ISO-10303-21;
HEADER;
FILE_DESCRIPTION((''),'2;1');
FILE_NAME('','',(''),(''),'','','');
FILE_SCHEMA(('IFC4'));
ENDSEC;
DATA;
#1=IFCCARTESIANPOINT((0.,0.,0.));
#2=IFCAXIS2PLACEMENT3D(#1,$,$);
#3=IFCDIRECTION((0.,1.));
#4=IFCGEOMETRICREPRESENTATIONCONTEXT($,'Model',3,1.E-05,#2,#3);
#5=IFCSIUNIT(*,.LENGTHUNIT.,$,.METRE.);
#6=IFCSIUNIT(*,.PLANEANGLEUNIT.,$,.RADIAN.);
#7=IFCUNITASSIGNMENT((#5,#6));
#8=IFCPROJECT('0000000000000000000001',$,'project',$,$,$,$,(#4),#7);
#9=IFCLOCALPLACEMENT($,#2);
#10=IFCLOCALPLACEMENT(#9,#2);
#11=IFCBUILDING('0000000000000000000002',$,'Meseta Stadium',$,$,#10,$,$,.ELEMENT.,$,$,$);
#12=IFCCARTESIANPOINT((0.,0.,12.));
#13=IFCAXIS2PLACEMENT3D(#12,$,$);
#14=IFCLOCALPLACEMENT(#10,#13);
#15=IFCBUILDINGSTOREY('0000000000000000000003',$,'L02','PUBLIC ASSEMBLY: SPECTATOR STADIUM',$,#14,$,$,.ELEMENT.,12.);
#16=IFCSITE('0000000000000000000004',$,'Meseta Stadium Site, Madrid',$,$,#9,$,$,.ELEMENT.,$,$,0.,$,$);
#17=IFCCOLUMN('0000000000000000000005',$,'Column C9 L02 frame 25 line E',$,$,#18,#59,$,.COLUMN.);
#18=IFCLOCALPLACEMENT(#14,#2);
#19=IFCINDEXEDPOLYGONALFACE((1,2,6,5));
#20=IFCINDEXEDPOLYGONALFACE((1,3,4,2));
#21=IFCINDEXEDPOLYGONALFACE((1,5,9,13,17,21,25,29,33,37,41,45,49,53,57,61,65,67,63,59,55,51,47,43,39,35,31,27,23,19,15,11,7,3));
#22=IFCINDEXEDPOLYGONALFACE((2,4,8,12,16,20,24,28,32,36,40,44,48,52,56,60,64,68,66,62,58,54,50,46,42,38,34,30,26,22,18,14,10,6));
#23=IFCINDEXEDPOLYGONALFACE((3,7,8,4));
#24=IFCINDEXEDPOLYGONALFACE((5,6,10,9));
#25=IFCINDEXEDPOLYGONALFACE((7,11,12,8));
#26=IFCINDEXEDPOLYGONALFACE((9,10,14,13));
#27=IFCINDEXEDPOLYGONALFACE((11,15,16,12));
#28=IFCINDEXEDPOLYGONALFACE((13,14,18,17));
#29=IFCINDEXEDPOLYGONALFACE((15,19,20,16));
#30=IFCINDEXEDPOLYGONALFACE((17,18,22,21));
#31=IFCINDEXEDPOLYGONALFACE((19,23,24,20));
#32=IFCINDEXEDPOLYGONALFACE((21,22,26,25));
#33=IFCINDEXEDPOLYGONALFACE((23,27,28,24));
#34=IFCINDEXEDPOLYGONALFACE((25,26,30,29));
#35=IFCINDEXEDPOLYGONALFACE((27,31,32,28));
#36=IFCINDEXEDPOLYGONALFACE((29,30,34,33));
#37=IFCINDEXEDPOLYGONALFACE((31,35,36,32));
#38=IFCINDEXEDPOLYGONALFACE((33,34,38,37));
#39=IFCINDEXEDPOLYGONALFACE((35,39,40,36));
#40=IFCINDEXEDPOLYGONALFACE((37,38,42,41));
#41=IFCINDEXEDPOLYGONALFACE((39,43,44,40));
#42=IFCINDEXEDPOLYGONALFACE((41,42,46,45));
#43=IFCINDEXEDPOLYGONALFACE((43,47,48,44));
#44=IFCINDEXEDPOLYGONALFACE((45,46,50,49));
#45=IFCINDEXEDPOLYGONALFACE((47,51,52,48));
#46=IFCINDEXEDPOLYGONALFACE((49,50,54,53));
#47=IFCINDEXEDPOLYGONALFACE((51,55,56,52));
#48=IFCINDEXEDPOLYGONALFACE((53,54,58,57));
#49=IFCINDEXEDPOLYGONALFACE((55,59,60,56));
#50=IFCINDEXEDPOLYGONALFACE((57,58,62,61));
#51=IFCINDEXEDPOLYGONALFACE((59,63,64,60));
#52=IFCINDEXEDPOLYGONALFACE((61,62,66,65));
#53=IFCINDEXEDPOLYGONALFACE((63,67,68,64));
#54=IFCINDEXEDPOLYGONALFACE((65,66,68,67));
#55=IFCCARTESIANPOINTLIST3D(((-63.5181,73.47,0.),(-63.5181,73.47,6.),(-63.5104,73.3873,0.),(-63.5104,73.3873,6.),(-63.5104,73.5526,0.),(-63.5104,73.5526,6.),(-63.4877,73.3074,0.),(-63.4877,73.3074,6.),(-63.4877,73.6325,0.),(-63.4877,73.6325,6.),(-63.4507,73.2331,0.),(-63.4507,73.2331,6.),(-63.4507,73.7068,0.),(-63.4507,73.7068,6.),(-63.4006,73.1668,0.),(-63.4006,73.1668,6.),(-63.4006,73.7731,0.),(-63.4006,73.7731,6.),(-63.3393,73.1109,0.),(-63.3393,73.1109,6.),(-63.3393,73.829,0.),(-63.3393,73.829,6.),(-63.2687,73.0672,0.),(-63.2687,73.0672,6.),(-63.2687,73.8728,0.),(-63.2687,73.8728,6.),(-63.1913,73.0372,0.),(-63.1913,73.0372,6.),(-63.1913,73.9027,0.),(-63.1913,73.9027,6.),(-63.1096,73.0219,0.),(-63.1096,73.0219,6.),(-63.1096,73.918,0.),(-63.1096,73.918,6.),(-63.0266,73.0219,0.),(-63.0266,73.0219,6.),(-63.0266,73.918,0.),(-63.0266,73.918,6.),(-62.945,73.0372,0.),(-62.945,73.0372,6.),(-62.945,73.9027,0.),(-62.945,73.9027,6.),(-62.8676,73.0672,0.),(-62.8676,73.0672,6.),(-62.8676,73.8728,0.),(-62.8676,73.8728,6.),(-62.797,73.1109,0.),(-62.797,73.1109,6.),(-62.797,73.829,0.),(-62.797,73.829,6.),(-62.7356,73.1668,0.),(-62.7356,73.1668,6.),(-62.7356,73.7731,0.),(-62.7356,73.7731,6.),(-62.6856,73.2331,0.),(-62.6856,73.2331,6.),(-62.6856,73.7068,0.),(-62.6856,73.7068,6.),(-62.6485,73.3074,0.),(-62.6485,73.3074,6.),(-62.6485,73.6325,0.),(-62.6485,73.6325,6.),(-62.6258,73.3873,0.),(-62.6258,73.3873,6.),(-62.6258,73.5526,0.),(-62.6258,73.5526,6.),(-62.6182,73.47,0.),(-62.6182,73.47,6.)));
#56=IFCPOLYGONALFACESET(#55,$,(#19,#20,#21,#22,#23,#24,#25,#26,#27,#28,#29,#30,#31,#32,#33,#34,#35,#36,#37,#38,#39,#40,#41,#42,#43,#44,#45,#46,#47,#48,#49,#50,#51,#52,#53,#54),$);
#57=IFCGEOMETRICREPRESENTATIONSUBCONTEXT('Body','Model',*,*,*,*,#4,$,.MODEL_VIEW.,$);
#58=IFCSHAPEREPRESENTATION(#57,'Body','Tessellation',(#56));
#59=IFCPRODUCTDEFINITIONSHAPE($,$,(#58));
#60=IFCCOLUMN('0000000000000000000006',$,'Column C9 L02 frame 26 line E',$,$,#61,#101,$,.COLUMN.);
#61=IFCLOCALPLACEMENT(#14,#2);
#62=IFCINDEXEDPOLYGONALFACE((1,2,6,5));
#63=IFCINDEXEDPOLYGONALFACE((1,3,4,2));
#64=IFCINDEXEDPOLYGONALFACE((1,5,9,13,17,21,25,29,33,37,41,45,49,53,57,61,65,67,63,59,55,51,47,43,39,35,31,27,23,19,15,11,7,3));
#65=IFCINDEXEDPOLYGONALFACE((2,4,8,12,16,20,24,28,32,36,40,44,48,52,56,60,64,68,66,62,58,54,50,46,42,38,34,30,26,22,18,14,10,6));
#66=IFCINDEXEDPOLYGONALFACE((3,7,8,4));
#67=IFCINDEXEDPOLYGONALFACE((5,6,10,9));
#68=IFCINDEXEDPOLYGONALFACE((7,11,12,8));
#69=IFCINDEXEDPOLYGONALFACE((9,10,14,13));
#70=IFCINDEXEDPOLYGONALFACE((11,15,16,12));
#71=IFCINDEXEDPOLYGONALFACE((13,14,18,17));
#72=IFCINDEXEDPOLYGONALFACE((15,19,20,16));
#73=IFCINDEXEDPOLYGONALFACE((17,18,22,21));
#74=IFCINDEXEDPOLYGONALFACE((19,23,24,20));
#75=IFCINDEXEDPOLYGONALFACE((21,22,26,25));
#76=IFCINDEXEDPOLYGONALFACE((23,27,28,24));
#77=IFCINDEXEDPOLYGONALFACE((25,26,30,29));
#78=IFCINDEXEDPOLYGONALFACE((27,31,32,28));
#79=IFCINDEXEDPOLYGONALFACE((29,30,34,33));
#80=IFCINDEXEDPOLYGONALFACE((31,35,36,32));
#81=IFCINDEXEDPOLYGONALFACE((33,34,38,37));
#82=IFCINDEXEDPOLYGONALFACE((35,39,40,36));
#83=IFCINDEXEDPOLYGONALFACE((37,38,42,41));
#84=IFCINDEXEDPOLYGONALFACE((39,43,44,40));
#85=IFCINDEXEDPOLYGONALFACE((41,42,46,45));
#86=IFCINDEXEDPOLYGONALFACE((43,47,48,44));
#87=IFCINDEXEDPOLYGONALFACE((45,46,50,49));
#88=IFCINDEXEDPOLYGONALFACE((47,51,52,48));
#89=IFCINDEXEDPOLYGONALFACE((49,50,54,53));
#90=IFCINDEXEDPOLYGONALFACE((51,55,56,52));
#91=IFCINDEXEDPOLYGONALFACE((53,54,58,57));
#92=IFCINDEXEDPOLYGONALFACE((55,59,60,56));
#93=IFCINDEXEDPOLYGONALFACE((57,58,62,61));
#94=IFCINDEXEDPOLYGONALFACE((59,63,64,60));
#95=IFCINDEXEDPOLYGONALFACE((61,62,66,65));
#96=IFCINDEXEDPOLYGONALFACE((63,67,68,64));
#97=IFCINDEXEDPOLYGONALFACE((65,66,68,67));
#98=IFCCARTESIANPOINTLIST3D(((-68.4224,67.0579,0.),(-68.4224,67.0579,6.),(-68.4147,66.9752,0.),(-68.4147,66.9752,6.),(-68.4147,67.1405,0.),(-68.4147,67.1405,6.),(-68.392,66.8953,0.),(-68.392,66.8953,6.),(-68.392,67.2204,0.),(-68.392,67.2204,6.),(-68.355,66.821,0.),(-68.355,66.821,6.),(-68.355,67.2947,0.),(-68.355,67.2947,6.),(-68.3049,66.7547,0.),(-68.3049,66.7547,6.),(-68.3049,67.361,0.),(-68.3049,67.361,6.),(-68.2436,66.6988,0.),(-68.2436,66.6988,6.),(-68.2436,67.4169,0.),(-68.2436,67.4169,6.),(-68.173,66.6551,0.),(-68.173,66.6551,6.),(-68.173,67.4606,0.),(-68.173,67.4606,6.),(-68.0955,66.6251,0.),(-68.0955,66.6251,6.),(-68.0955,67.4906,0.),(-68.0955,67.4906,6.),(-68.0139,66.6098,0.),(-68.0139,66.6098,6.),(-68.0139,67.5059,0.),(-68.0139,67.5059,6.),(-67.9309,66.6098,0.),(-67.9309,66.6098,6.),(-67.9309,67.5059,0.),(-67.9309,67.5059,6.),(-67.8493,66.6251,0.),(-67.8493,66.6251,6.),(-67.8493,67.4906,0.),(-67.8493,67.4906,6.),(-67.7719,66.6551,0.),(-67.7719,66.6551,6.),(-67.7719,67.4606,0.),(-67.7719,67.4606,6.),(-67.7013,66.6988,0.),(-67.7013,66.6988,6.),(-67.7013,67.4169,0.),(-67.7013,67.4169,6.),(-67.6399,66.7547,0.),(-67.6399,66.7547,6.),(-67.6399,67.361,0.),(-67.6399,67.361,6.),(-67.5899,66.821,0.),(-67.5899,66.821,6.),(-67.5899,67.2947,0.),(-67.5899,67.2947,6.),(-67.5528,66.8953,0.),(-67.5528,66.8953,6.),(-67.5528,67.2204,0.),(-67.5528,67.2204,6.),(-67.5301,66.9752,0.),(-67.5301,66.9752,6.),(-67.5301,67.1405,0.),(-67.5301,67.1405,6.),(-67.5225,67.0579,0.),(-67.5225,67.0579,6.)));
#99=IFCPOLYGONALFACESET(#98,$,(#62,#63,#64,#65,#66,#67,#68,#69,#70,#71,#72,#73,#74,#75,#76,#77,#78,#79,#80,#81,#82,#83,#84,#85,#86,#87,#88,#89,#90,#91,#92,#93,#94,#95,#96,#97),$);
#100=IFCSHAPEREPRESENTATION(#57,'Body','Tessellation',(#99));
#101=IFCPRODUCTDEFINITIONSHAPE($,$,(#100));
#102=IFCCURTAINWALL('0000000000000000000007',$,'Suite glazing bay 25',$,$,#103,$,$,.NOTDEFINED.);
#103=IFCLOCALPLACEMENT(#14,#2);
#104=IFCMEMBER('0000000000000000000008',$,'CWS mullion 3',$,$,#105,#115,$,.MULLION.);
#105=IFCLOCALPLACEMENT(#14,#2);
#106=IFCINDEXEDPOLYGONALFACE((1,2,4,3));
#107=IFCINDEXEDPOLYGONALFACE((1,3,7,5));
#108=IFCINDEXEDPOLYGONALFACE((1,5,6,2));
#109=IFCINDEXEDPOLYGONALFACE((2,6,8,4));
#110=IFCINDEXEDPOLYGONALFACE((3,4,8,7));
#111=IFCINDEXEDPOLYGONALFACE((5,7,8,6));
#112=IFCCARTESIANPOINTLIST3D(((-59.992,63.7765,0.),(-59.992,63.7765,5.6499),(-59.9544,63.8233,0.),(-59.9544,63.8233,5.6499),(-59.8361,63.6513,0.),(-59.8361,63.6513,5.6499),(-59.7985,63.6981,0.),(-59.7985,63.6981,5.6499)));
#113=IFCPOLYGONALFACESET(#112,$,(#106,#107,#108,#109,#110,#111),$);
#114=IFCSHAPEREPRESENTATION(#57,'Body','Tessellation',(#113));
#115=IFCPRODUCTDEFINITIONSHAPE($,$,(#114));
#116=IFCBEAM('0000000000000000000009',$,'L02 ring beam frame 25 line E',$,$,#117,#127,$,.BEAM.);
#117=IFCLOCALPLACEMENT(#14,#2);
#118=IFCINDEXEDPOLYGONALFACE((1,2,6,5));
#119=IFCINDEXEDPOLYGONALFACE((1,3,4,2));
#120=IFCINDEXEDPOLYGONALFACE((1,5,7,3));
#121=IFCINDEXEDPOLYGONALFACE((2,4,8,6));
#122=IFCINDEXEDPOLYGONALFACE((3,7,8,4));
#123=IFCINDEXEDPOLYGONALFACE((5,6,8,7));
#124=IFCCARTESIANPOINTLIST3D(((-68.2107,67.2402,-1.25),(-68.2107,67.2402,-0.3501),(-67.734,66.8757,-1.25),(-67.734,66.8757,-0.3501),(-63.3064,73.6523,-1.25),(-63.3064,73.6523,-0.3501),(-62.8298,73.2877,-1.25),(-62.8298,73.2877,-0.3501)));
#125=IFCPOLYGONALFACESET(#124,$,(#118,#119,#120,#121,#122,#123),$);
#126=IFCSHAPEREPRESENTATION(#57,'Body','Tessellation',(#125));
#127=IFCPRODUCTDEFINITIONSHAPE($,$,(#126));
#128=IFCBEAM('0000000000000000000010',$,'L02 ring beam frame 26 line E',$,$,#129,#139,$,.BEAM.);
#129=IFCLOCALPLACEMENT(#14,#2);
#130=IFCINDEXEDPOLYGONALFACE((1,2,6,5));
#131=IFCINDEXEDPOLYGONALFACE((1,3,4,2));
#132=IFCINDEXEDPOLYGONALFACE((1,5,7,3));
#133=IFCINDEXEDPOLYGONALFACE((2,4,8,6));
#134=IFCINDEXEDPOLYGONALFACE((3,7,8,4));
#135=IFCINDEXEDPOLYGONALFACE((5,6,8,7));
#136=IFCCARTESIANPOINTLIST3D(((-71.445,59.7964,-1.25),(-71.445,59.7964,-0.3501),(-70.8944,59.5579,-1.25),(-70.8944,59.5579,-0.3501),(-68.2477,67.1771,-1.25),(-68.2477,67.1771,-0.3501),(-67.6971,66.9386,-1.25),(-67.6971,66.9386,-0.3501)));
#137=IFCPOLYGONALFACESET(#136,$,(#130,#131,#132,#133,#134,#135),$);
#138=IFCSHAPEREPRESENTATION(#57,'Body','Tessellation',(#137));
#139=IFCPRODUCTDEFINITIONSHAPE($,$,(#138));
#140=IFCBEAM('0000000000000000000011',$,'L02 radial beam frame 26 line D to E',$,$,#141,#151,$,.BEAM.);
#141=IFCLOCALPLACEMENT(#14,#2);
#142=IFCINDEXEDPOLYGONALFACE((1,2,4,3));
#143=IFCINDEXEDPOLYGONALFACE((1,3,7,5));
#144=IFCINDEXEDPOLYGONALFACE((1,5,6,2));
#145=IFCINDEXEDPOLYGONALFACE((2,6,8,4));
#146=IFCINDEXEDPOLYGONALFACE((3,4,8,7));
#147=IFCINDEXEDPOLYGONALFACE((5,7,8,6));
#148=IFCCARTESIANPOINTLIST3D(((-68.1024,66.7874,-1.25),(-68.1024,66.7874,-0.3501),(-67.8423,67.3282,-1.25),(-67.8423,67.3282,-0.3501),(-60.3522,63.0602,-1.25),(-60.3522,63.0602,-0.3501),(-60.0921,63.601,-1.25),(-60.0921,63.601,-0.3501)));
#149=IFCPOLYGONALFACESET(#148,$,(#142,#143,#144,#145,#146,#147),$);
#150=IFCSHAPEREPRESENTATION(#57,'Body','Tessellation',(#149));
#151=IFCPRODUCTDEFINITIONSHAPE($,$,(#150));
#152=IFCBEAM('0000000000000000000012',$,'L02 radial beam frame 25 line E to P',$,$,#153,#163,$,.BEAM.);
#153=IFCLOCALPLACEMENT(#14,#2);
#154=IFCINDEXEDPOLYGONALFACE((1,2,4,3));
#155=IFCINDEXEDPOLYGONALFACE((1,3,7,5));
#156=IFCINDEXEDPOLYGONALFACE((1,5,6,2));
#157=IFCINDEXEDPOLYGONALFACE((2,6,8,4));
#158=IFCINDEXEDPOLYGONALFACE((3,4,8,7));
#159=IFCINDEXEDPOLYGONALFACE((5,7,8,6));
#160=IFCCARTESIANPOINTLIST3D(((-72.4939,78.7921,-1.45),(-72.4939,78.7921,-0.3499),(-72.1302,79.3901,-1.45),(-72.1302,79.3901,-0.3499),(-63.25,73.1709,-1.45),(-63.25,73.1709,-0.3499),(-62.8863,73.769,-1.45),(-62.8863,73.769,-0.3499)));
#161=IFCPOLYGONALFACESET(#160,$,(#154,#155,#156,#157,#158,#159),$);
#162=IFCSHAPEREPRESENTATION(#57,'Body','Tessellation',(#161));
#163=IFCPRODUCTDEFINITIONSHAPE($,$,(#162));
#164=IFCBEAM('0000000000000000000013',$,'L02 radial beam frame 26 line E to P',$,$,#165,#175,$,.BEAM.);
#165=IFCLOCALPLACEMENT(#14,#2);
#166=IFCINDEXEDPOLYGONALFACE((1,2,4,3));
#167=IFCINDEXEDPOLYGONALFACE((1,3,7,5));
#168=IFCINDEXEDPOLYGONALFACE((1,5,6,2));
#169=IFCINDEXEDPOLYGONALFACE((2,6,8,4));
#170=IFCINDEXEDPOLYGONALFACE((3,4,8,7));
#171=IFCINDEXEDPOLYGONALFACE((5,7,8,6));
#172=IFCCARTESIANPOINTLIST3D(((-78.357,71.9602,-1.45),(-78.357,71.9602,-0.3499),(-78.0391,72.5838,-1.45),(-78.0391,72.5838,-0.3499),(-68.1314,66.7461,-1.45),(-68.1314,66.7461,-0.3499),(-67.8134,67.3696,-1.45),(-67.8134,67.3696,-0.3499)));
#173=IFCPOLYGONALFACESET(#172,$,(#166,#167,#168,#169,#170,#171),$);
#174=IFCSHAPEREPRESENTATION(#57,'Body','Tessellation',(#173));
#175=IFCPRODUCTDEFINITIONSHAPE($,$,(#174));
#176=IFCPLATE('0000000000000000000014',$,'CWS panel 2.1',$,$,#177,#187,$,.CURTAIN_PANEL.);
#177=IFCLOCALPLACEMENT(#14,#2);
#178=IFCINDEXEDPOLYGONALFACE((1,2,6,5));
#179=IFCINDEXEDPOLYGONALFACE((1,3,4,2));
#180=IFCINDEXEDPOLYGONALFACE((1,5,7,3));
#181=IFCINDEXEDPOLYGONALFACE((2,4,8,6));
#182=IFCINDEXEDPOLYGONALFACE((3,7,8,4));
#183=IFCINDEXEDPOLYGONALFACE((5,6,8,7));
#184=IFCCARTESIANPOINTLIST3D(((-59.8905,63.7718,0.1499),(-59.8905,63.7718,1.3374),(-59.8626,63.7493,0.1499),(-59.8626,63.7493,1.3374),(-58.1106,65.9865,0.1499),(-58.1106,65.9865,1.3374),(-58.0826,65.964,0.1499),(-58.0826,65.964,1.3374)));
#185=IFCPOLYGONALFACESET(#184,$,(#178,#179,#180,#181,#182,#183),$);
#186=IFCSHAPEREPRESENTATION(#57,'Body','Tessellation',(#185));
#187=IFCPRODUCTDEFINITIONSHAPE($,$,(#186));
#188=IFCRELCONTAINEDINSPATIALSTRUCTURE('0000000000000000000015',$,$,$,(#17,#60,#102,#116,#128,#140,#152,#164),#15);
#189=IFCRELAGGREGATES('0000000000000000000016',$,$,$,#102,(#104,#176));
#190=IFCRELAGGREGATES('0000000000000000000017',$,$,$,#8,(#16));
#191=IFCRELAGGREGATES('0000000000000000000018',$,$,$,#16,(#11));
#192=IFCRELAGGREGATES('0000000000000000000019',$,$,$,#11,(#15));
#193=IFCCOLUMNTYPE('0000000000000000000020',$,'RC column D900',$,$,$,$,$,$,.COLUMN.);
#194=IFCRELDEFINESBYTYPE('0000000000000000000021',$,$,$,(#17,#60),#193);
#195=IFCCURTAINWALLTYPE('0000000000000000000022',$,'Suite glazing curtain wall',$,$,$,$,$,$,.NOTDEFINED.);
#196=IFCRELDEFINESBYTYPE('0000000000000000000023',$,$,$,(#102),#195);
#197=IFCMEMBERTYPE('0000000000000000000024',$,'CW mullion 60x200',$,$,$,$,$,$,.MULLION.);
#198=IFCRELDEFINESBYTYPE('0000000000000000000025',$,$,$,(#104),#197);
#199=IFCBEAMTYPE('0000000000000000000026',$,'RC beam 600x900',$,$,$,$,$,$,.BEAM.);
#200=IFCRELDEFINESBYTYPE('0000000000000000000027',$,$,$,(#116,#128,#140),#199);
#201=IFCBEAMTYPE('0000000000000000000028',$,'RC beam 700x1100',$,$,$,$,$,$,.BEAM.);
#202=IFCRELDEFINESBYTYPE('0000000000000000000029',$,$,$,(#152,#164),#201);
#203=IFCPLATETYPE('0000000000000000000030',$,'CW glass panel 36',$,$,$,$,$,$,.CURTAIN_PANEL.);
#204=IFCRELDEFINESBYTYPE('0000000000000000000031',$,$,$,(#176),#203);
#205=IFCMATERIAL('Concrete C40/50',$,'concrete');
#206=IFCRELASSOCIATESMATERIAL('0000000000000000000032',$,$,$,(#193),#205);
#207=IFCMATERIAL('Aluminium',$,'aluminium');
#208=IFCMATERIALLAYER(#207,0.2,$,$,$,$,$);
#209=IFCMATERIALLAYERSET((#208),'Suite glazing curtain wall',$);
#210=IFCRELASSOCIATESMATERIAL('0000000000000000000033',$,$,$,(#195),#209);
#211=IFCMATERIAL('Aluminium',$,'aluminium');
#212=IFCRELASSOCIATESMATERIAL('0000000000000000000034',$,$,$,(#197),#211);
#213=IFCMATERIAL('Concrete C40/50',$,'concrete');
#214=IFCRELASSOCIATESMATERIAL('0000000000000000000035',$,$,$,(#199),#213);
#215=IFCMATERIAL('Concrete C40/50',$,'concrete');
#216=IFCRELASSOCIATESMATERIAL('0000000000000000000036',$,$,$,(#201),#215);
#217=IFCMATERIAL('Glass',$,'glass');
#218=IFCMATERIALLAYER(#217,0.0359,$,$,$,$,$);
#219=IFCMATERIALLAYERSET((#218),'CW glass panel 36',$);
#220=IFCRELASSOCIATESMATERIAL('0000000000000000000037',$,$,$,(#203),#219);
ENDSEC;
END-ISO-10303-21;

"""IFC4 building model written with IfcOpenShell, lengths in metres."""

from ifc_helpers import new_model, si_unit, direction, frame, origin, origin_2d, place, context, subcontext, project, spatial, rectangle, circle, extrude, material, layer, layer_set, material_profile, profile_set, type_object, element, aggregate, save


model = new_model("IFC4")

# Units and contexts
model_context = context("Model", 3, precision=1e-05, world=origin(), true_north=direction((0.0, 1.0)))
body_context = subcontext(model_context, "Body", "Model", "MODEL_VIEW")
ifc_project = project(units=[si_unit("LENGTHUNIT", "METRE"), si_unit("PLANEANGLEUNIT", "RADIAN")], contexts=[model_context])

# Site, building, storey
site_placement = place(None, origin())
site = spatial("IfcSite", under=ifc_project, at=site_placement, Name="Meseta Stadium Site, Madrid", CompositionType="ELEMENT", RefElevation=0.0)
building_placement = place(site_placement, origin())
building = spatial("IfcBuilding", under=site, at=building_placement, Name="Meseta Stadium", CompositionType="ELEMENT")
storey_placement = place(building_placement, frame((0.0, 0.0, 12.0)))
storey = spatial("IfcBuildingStorey", under=building, at=storey_placement, Name="L02", Description="PUBLIC ASSEMBLY: SPECTATOR STADIUM", CompositionType="ELEMENT", Elevation=12.0)

# Columns
ifc_material_1 = material(Name="Concrete C40/50", Category="concrete")
ifc_material_profile_1 = material_profile(ifc_material_1, circle(Radius=0.45, at=origin_2d()), Name="RC D900")
ifc_profile_set_1 = profile_set([ifc_material_profile_1], Name="Concrete C40/50")
column_type = type_object("IfcColumnType", Name="RC column D900", PredefinedType="COLUMN", material=ifc_profile_set_1)
for number, where, z_axis, x_axis, name in (
    (1, (-63.0681, 73.47, 0.0), (0.0, 0.0, 1.0), (1.0, 0.0, 0.0), "Column C9 L02 frame 25 line E"),
    (2, (-67.9724, 67.0579, 0.0), (0.0, 0.0, 1.0), (1.0, 0.0, 0.0), "Column C9 L02 frame 26 line E"),
):
    element("IfcColumn", number, at=place(storey_placement, frame(where, z_axis=z_axis, x_axis=x_axis)), inside=storey, type_object=column_type, Name=name, PredefinedType="COLUMN", context=body_context, shape_type="SweptSolid", body=[
        extrude(circle(Radius=0.45, at=origin_2d()), origin(), (0.0, 0.0, 1.0), 6.0),
    ])

# Curtain wall, member
ifc_material_2 = material(Name="Aluminium", Category="aluminium")
ifc_layer_1 = layer(ifc_material_2, 0.2)
ifc_layer_set_1 = layer_set([ifc_layer_1], Name="Suite glazing curtain wall")
curtain_wall_type = type_object("IfcCurtainWallType", Name="Suite glazing curtain wall", PredefinedType="NOTDEFINED", material=ifc_layer_set_1)
curtain_wall_placement = place(storey_placement, origin())
curtain_wall = element("IfcCurtainWall", 3, at=curtain_wall_placement, inside=storey, type_object=curtain_wall_type, Name="Suite glazing bay 25", PredefinedType="NOTDEFINED")
ifc_material_3 = material(Name="Aluminium", Category="aluminium")
ifc_material_profile_2 = material_profile(ifc_material_3, rectangle(XDim=0.2, YDim=0.0601, at=origin_2d()), Name="CW 200x60")
ifc_profile_set_2 = profile_set([ifc_material_profile_2], Name="Aluminium")
member_type = type_object("IfcMemberType", Name="CW mullion 60x200", PredefinedType="MULLION", material=ifc_profile_set_2)
member_placement = place(storey_placement, frame((-59.8953, 63.7373, 0.0), z_axis=(0.0, 0.0, 1.0), x_axis=(0.779454, -0.62646, 0.0)))
member = element("IfcMember", 4, at=member_placement, type_object=member_type, Name="CWS mullion 3", PredefinedType="MULLION", context=body_context, shape_type="SweptSolid", body=[
    extrude(rectangle(XDim=0.2, YDim=0.0601, at=origin_2d()), origin(), (0.0, 0.0, 1.0), 5.6499),
])

# Beams
ifc_material_4 = material(Name="Concrete C40/50", Category="concrete")
ifc_material_profile_3 = material_profile(ifc_material_4, rectangle(XDim=0.6001, YDim=0.8999, at=origin_2d()), Name="RC 600x900")
ifc_profile_set_3 = profile_set([ifc_material_profile_3], Name="Concrete C40/50")
beam_type_1 = type_object("IfcBeamType", Name="RC beam 600x900", PredefinedType="BEAM", material=ifc_profile_set_3)
beam_1_placement = place(storey_placement, frame((-63.0681, 73.47, -0.8), z_axis=(-0.607522, -0.794303, 0.0), x_axis=(0.794303, -0.607522, 0.0)))
element("IfcBeam", 5, at=beam_1_placement, inside=storey, type_object=beam_type_1, Name="L02 ring beam frame 25 line E", PredefinedType="BEAM", context=body_context, shape_type="SweptSolid", body=[
    extrude(rectangle(XDim=0.6001, YDim=0.8999, at=origin_2d()), origin(), (0.0, 0.0, 1.0), 8.0725),
])
beam_2_placement = place(storey_placement, frame((-67.9724, 67.0579, -0.8), z_axis=(-0.397503, -0.917601, 0.0), x_axis=(0.917601, -0.397503, 0.0)))
element("IfcBeam", 6, at=beam_2_placement, inside=storey, type_object=beam_type_1, Name="L02 ring beam frame 26 line E", PredefinedType="BEAM", context=body_context, shape_type="SweptSolid", body=[
    extrude(rectangle(XDim=0.6001, YDim=0.8999, at=origin_2d()), origin(), (0.0, 0.0, 1.0), 8.0435),
])
beam_3_placement = place(storey_placement, frame((-60.2222, 63.3306, -0.8), z_axis=(-0.901197, 0.433409, 0.0), x_axis=(-0.433409, -0.901197, 0.0)))
element("IfcBeam", 7, at=beam_3_placement, inside=storey, type_object=beam_type_1, Name="L02 radial beam frame 26 line D to E", PredefinedType="BEAM", context=body_context, shape_type="SweptSolid", body=[
    extrude(rectangle(XDim=0.6001, YDim=0.8999, at=origin_2d()), origin(), (0.0, 0.0, 1.0), 8.5999),
])
ifc_material_5 = material(Name="Concrete C40/50", Category="concrete")
ifc_material_profile_4 = material_profile(ifc_material_5, rectangle(XDim=0.7, YDim=1.1001, at=origin_2d()), Name="RC 700x1100")
ifc_profile_set_4 = profile_set([ifc_material_profile_4], Name="Concrete C40/50")
beam_type_2 = type_object("IfcBeamType", Name="RC beam 700x1100", PredefinedType="BEAM", material=ifc_profile_set_4)
beam_4_placement = place(storey_placement, frame((-63.0681, 73.47, -0.8999), z_axis=(-0.854429, 0.519567, 0.0), x_axis=(-0.519567, -0.854429, 0.0)))
element("IfcBeam", 8, at=beam_4_placement, inside=storey, type_object=beam_type_2, Name="L02 radial beam frame 25 line E to P", PredefinedType="BEAM", context=body_context, shape_type="SweptSolid", body=[
    extrude(rectangle(XDim=0.7, YDim=1.1001, at=origin_2d()), origin(), (0.0, 0.0, 1.0), 10.8188),
])
beam_5_placement = place(storey_placement, frame((-67.9724, 67.0579, -0.8999), z_axis=(-0.890869, 0.454261, 0.0), x_axis=(-0.454261, -0.890869, 0.0)))
element("IfcBeam", 9, at=beam_5_placement, inside=storey, type_object=beam_type_2, Name="L02 radial beam frame 26 line E to P", PredefinedType="BEAM", context=body_context, shape_type="SweptSolid", body=[
    extrude(rectangle(XDim=0.7, YDim=1.1001, at=origin_2d()), origin(), (0.0, 0.0, 1.0), 11.4783),
])

# Plate
ifc_material_6 = material(Name="Glass", Category="glass")
ifc_layer_2 = layer(ifc_material_6, 0.0359)
ifc_layer_set_2 = layer_set([ifc_layer_2], Name="CW glass panel 36")
plate_type = type_object("IfcPlateType", Name="CW glass panel 36", PredefinedType="CURTAIN_PANEL", material=ifc_layer_set_2)
plate_1_placement = place(storey_placement, frame((-58.9866, 64.8679, 0.1499), z_axis=(0.0, 0.0, 1.0), x_axis=(-0.62646, -0.779454, 0.0)))
plate_1 = element("IfcPlate", 10, at=plate_1_placement, type_object=plate_type, Name="CWS panel 2.1", PredefinedType="CURTAIN_PANEL", context=body_context, shape_type="SweptSolid", body=[
    extrude(rectangle(XDim=2.8413, YDim=0.0359, at=origin_2d()), origin(), (0.0, 0.0, 1.0), 1.1875),
])
aggregate(curtain_wall, [member, plate_1])

save(model, "model.ifc")
